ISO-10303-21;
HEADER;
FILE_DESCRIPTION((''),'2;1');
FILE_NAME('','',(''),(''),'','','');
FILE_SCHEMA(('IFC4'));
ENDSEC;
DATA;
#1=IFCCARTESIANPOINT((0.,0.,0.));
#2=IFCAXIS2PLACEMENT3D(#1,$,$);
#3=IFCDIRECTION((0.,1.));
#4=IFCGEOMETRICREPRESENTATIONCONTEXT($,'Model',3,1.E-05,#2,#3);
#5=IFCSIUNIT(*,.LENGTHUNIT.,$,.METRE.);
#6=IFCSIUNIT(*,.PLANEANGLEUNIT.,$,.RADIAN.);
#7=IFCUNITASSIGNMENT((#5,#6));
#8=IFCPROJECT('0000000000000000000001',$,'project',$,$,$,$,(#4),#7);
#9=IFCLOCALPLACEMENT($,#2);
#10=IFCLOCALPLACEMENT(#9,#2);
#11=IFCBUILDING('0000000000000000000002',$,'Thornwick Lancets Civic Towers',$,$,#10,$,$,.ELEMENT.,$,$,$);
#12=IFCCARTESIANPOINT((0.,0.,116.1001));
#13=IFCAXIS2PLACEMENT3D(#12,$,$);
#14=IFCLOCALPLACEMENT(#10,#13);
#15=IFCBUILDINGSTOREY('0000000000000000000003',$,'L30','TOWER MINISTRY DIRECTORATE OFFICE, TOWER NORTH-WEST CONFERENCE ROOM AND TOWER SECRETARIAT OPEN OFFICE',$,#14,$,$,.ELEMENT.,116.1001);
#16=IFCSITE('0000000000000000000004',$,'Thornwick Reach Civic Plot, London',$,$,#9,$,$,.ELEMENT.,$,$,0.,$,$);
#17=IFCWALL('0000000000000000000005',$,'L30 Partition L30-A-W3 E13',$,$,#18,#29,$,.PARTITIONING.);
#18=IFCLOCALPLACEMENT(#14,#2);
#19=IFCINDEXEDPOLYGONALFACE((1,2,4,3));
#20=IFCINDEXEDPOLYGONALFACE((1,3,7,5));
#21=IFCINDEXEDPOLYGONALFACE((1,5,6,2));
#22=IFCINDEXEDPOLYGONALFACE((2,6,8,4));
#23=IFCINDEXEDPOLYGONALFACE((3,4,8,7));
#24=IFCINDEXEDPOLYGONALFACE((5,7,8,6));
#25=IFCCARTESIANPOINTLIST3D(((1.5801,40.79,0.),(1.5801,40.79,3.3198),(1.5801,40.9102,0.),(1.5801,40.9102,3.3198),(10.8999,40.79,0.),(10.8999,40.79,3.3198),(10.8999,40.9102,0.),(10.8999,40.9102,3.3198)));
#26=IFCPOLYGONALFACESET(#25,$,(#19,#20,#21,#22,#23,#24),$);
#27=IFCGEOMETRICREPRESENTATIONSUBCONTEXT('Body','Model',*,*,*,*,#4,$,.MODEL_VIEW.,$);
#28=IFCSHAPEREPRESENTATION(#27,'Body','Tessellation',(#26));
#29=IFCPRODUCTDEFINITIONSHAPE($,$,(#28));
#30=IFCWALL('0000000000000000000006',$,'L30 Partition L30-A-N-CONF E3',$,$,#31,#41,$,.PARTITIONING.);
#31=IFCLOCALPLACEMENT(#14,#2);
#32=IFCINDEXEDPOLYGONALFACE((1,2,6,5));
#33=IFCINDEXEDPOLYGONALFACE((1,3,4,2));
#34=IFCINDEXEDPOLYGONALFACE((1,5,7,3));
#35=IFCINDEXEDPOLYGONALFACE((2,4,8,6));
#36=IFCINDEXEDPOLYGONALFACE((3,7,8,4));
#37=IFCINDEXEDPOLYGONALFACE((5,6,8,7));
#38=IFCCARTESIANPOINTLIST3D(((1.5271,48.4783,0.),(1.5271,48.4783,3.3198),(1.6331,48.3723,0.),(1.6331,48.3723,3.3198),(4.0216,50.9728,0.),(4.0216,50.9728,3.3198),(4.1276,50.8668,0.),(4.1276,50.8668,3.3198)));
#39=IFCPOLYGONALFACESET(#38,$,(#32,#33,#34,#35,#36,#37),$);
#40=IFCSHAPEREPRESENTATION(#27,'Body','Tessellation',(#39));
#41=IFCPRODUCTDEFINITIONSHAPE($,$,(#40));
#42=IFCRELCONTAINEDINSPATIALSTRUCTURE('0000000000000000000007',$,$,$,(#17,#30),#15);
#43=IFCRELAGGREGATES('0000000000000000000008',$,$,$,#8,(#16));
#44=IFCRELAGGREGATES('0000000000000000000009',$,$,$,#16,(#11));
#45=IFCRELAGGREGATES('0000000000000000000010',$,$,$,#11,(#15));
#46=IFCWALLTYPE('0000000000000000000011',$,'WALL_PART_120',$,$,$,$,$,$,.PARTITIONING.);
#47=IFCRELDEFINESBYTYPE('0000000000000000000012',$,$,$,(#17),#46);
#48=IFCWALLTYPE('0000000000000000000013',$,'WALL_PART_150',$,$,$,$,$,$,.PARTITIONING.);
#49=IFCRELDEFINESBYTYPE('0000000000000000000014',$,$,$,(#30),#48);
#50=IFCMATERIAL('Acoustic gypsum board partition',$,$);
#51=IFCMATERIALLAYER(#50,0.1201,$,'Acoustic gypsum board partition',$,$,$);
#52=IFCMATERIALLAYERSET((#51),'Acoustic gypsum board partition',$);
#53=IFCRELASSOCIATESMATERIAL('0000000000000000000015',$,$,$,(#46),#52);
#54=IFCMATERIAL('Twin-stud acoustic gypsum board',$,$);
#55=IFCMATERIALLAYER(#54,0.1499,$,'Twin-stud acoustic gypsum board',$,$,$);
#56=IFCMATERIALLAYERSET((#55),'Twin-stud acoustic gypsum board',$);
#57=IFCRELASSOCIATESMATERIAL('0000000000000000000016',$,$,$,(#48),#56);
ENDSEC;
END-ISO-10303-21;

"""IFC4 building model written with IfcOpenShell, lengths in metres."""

from ifc_helpers import new_model, si_unit, direction, frame, frame_2d, origin, place, context, subcontext, project, spatial, rectangle, extrude, material, layer, layer_set, type_object, element, save


model = new_model("IFC4")

# Units and contexts
model_context = context("Model", 3, precision=1e-05, world=origin(), true_north=direction((0.0, 1.0)))
body_context = subcontext(model_context, "Body", "Model", "MODEL_VIEW")
ifc_project = project(units=[si_unit("LENGTHUNIT", "METRE"), si_unit("PLANEANGLEUNIT", "RADIAN")], contexts=[model_context])

# Site, building, storey
site_placement = place(None, origin())
site = spatial("IfcSite", under=ifc_project, at=site_placement, Name="Thornwick Reach Civic Plot, London", CompositionType="ELEMENT", RefElevation=0.0)
building_placement = place(site_placement, origin())
building = spatial("IfcBuilding", under=site, at=building_placement, Name="Thornwick Lancets Civic Towers", CompositionType="ELEMENT")
storey_placement = place(building_placement, frame((0.0, 0.0, 116.1001)))
storey = spatial("IfcBuildingStorey", under=building, at=storey_placement, Name="L30", Description="TOWER MINISTRY DIRECTORATE OFFICE, TOWER NORTH-WEST CONFERENCE ROOM AND TOWER SECRETARIAT OPEN OFFICE", CompositionType="ELEMENT", Elevation=116.1001)

# Walls
ifc_material_1 = material(Name="Acoustic gypsum board partition")
ifc_layer_1 = layer(ifc_material_1, 0.1201, Name="Acoustic gypsum board partition")
ifc_layer_set_1 = layer_set([ifc_layer_1], Name="Acoustic gypsum board partition")
wall_type_1 = type_object("IfcWallType", Name="WALL_PART_120", PredefinedType="PARTITIONING", material=ifc_layer_set_1)
wall_1_placement = place(storey_placement, frame((1.5801, 40.8501, 0.0), z_axis=(0.0, 0.0, 1.0), x_axis=(1.0, 0.0, 0.0)))
element("IfcWall", 1, at=wall_1_placement, inside=storey, type_object=wall_type_1, Name="L30 Partition L30-A-W3 E13", PredefinedType="PARTITIONING", context=body_context, shape_type="SweptSolid", body=[
    extrude(rectangle(XDim=9.3198, YDim=0.1201, at=frame_2d((4.6599, 0.0))), origin(), (0.0, 0.0, 1.0), 3.3198),
])
ifc_material_2 = material(Name="Twin-stud acoustic gypsum board")
ifc_layer_2 = layer(ifc_material_2, 0.1499, Name="Twin-stud acoustic gypsum board")
ifc_layer_set_2 = layer_set([ifc_layer_2], Name="Twin-stud acoustic gypsum board")
wall_type_2 = type_object("IfcWallType", Name="WALL_PART_150", PredefinedType="PARTITIONING", material=ifc_layer_set_2)
wall_2_placement = place(storey_placement, frame((1.5801, 48.4253, 0.0), z_axis=(0.0, 0.0, 1.0), x_axis=(0.707107, 0.707107, 0.0)))
element("IfcWall", 2, at=wall_2_placement, inside=storey, type_object=wall_type_2, Name="L30 Partition L30-A-N-CONF E3", PredefinedType="PARTITIONING", context=body_context, shape_type="SweptSolid", body=[
    extrude(rectangle(XDim=3.5278, YDim=0.1499, at=frame_2d((1.7639, 0.0))), origin(), (0.0, 0.0, 1.0), 3.3198),
])

save(model, "model.ifc")
